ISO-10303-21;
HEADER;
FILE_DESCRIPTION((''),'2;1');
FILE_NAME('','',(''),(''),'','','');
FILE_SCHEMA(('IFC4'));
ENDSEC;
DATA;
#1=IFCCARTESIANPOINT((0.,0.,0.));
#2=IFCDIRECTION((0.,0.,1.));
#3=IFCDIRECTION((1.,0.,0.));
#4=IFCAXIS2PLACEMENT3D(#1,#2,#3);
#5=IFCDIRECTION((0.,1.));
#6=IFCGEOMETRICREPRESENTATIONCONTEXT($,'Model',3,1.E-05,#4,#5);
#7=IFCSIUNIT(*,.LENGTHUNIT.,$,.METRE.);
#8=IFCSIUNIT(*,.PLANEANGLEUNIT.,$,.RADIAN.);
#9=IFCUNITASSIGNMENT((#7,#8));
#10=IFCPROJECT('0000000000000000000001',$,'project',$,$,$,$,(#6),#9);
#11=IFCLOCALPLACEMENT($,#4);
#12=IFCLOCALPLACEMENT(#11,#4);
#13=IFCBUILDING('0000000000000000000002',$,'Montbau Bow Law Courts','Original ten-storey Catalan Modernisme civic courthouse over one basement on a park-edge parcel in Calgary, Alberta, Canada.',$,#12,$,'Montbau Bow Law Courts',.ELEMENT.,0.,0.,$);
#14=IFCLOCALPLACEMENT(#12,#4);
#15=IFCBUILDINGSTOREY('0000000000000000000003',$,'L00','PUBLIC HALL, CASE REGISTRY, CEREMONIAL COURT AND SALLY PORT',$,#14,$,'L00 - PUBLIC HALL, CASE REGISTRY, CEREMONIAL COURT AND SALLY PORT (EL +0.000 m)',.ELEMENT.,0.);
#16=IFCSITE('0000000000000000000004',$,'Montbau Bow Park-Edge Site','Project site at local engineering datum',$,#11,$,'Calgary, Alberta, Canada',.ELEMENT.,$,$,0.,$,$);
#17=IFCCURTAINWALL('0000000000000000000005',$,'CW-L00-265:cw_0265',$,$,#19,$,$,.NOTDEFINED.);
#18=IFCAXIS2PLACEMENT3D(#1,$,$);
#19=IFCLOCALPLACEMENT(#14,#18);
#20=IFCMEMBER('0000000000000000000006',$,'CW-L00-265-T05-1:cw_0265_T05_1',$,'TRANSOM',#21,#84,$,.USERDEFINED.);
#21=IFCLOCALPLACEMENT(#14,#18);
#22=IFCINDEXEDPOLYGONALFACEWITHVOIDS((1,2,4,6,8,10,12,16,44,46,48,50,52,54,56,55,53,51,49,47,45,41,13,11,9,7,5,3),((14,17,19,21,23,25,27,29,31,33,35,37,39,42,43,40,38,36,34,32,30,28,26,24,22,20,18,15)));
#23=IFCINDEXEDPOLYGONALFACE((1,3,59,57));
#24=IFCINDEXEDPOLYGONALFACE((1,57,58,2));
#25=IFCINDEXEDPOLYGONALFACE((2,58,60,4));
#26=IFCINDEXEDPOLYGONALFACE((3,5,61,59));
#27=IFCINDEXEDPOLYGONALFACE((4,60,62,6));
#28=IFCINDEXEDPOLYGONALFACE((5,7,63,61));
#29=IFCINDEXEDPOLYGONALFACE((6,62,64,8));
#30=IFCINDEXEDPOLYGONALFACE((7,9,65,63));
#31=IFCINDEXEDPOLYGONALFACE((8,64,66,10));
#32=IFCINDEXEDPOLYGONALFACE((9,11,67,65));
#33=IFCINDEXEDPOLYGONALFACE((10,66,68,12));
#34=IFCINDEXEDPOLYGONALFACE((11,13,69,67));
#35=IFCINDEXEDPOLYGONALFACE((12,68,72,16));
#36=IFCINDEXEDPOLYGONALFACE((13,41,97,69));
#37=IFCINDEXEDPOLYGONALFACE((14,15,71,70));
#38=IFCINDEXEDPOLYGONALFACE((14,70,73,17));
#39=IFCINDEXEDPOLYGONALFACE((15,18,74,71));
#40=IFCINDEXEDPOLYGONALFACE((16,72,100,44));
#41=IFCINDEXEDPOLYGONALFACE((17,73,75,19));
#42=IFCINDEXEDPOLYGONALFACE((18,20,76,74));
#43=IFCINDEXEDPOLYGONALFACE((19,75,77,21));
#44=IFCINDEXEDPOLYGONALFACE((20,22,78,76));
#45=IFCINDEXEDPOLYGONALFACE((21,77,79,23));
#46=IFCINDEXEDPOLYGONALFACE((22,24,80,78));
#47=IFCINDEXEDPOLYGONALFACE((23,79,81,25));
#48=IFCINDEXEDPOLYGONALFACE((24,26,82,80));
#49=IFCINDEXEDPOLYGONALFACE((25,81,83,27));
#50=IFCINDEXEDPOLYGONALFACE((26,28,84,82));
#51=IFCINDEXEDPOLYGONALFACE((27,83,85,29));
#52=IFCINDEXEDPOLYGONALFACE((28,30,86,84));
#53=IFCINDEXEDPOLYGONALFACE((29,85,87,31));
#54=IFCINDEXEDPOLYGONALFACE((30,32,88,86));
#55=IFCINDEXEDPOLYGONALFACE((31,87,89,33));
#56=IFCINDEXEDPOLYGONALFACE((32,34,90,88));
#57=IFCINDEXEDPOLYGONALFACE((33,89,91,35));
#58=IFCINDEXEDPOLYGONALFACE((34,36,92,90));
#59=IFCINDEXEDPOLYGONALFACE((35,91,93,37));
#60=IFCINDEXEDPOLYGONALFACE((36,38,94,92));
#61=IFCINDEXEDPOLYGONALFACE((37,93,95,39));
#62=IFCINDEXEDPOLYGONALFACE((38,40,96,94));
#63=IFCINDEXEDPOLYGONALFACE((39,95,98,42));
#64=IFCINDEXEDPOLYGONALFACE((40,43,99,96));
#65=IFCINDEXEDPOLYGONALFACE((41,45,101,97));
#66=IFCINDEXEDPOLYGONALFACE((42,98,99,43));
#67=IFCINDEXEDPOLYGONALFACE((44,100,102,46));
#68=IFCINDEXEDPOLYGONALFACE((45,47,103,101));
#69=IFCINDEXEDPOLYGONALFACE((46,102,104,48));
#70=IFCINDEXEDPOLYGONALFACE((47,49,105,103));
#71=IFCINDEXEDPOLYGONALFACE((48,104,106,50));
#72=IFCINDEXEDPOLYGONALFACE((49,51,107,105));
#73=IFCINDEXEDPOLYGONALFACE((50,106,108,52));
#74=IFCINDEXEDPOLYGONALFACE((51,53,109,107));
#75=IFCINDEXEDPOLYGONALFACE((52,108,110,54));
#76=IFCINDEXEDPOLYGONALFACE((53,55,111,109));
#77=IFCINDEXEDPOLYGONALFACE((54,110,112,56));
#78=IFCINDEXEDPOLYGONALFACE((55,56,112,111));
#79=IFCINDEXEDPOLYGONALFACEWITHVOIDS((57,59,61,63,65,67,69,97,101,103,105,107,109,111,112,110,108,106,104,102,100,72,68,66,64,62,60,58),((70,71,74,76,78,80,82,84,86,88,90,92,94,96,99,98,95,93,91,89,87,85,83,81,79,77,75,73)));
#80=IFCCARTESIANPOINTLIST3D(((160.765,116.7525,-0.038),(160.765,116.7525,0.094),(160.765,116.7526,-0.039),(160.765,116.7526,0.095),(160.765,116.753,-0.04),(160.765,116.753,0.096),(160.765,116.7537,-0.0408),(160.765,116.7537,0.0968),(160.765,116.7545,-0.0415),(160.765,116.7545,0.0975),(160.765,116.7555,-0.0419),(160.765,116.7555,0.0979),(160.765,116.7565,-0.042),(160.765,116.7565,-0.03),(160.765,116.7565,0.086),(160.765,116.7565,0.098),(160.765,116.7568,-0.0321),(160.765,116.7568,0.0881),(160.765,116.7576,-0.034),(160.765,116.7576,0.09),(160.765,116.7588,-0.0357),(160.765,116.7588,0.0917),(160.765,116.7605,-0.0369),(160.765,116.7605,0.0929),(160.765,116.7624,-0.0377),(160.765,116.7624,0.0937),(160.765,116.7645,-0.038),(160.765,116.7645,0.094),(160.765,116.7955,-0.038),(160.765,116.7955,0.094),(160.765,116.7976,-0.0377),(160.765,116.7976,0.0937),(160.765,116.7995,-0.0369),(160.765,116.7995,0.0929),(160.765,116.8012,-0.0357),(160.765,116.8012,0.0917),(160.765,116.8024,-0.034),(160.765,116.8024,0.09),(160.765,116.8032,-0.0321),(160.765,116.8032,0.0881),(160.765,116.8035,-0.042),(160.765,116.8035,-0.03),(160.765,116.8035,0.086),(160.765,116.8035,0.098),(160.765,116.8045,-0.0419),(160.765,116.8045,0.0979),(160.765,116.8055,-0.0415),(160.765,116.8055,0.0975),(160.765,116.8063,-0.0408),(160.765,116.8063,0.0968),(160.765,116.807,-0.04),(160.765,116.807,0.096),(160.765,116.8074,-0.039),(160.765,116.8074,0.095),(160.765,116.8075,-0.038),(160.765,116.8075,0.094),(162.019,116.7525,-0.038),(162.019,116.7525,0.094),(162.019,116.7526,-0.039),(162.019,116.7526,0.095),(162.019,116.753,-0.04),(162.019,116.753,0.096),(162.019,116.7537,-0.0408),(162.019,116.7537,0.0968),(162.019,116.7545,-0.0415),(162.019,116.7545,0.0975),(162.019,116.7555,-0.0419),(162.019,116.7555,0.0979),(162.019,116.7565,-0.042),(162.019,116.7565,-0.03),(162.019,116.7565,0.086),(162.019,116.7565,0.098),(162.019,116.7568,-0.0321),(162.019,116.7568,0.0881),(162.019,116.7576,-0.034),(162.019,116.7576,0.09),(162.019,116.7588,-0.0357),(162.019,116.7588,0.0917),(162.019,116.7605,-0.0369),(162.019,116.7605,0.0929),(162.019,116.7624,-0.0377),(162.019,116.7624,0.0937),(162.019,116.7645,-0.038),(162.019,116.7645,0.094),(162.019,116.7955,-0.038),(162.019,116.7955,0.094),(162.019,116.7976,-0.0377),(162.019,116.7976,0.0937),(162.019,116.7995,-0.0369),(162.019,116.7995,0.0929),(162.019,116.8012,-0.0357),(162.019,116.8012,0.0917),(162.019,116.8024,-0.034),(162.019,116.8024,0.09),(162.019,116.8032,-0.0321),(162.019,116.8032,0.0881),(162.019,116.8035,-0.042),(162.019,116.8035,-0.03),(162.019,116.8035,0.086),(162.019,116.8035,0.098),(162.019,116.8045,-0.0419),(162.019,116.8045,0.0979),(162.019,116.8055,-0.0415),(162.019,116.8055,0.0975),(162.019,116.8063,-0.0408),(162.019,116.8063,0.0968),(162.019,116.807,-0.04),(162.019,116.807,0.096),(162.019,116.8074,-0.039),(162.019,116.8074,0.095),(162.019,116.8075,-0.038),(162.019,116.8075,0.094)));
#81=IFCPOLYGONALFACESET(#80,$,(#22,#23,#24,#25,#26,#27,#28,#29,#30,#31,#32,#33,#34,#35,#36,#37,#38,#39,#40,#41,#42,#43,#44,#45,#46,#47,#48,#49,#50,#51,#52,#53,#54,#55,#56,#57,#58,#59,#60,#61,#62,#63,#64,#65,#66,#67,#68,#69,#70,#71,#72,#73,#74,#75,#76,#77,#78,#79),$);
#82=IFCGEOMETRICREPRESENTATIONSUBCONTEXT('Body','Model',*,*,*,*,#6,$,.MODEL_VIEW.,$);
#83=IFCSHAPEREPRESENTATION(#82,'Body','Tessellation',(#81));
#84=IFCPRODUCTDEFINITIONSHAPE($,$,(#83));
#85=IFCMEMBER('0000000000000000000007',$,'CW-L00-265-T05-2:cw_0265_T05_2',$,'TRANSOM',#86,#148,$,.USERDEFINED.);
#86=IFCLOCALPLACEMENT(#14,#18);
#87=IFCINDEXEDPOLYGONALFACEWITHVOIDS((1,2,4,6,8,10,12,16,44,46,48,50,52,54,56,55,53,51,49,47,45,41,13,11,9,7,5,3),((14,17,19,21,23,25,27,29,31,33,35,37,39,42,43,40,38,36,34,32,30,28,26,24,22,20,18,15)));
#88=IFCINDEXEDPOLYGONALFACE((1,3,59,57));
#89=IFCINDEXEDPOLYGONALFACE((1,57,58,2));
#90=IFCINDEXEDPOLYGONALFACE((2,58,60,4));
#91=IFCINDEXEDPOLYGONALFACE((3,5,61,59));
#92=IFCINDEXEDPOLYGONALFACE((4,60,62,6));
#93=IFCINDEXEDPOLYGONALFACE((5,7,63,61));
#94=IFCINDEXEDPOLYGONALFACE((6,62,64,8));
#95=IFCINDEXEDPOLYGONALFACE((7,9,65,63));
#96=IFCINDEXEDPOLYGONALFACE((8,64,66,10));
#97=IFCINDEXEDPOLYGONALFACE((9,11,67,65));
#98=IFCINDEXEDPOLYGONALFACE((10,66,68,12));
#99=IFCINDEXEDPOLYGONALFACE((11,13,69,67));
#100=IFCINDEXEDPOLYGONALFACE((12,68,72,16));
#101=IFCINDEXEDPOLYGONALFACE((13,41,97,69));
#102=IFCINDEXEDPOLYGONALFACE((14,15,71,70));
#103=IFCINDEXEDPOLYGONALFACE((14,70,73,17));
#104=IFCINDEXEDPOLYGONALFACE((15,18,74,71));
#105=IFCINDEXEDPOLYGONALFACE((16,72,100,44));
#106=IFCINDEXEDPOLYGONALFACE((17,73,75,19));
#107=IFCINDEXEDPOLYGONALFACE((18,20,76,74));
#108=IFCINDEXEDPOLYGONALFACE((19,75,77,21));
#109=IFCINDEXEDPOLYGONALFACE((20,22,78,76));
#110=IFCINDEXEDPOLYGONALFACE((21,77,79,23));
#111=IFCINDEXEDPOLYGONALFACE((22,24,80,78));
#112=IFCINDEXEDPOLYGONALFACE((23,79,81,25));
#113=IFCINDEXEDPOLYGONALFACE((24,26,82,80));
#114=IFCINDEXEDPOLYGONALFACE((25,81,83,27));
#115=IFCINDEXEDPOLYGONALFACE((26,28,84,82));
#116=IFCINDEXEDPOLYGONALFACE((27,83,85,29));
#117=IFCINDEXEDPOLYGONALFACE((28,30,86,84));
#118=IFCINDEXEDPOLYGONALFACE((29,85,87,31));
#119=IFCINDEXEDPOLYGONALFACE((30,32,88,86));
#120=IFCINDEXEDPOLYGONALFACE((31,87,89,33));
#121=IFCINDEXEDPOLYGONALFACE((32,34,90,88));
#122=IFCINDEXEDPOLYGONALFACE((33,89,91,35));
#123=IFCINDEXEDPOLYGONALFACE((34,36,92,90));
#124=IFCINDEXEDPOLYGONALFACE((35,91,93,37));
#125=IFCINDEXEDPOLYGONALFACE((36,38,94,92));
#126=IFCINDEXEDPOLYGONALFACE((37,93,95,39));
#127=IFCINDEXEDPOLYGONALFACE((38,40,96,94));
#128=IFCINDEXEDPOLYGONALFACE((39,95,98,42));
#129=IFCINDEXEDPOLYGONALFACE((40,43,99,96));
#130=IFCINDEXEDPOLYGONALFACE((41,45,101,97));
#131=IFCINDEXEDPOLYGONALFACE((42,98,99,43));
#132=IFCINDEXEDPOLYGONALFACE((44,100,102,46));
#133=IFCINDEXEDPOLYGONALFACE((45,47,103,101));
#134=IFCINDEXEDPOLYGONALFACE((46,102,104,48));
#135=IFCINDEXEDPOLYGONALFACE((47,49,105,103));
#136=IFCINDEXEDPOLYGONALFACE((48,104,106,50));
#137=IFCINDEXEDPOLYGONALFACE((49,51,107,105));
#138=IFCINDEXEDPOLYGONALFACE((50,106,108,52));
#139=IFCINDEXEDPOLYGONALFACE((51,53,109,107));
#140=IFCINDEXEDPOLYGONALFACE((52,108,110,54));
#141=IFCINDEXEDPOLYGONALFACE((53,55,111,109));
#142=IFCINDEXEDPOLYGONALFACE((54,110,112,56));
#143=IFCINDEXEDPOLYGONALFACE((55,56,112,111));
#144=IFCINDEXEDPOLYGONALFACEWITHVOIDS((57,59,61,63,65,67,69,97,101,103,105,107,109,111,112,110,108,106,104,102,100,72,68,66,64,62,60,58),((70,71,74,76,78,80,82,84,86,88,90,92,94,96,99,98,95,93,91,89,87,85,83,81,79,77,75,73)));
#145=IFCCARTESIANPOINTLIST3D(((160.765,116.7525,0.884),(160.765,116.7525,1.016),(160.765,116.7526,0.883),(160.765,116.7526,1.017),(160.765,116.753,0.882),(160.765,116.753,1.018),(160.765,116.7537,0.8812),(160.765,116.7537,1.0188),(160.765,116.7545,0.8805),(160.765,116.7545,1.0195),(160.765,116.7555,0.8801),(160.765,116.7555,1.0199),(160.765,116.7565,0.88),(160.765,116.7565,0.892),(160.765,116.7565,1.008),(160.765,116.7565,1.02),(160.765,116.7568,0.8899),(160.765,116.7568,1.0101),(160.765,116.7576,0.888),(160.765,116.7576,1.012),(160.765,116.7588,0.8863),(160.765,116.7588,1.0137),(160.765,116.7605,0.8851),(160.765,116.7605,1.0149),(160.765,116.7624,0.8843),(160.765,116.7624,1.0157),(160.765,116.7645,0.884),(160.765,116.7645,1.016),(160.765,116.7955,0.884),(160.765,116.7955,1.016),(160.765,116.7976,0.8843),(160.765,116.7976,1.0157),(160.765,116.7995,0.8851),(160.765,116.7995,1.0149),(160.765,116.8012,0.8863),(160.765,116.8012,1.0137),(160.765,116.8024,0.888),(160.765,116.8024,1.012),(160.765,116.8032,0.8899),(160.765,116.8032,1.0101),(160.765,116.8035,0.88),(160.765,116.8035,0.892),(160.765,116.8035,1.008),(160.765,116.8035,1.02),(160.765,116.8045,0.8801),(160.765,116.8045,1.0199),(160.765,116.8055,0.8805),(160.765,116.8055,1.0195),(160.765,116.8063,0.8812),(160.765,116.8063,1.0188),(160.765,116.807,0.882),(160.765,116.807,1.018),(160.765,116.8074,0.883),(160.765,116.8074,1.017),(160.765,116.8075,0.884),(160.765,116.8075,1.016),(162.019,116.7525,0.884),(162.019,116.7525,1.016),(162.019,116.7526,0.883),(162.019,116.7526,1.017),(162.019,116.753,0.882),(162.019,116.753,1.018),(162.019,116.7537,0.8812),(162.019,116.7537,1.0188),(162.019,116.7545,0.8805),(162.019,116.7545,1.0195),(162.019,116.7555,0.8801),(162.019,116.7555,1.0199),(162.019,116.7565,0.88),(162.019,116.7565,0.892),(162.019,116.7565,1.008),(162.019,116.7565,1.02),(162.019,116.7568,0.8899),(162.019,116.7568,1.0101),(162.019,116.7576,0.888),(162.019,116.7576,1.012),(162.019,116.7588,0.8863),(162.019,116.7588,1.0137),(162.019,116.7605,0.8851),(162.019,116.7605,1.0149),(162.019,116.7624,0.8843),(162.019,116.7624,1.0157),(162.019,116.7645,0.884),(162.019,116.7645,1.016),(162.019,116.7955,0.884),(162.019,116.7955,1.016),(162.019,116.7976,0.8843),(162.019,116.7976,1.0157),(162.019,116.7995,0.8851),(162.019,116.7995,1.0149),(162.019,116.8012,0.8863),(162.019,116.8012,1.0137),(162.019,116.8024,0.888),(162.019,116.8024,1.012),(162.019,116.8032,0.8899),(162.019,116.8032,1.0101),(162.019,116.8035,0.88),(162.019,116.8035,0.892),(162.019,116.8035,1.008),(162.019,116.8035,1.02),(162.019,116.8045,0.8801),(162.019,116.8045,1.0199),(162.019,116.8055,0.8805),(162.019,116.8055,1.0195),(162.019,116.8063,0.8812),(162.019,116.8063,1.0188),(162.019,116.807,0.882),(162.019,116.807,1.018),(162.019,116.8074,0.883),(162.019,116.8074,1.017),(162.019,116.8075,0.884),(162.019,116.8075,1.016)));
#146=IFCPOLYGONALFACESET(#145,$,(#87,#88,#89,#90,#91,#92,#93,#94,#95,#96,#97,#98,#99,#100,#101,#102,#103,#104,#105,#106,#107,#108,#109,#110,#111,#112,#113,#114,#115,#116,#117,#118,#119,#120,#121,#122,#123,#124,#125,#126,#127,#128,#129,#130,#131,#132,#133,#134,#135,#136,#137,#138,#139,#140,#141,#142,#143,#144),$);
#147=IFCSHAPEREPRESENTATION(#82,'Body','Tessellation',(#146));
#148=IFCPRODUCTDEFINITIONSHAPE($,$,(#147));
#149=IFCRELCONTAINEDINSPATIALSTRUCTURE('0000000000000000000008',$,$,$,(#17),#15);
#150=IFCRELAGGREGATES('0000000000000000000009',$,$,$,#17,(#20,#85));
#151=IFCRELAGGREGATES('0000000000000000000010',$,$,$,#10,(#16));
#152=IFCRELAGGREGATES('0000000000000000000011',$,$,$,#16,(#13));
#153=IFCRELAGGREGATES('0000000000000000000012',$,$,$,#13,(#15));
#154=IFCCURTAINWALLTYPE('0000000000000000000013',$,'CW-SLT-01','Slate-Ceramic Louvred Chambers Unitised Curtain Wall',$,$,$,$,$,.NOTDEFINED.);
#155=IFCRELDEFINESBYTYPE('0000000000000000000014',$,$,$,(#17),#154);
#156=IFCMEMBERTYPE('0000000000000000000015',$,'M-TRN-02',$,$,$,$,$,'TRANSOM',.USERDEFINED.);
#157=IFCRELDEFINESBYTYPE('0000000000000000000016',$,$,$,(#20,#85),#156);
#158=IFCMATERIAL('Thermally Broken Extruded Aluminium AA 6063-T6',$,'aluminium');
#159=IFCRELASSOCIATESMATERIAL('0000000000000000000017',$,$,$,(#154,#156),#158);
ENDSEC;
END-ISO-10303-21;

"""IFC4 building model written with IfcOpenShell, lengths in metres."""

from ifc_helpers import new_model, si_unit, direction, frame, origin_with_axes, origin_2d_with_axis, place, context, subcontext, project, spatial, hollow_rectangle, extrude, material, material_profile, profile_set, type_object, element, aggregate, save


model = new_model("IFC4")

# Units and contexts
model_context = context("Model", 3, precision=1e-05, world=origin_with_axes(), true_north=direction((0.0, 1.0)))
body_context = subcontext(model_context, "Body", "Model", "MODEL_VIEW")
ifc_project = project(units=[si_unit("LENGTHUNIT", "METRE"), si_unit("PLANEANGLEUNIT", "RADIAN")], contexts=[model_context])

# Site, building, storey
site_placement = place(None, origin_with_axes())
site = spatial("IfcSite", under=ifc_project, at=site_placement, Name="Montbau Bow Park-Edge Site", Description="Project site at local engineering datum", LongName="Calgary, Alberta, Canada", CompositionType="ELEMENT", RefElevation=0.0)
building_placement = place(site_placement, origin_with_axes())
building = spatial("IfcBuilding", under=site, at=building_placement, Name="Montbau Bow Law Courts", Description="Original ten-storey Catalan Modernisme civic courthouse over one basement on a park-edge parcel in Calgary, Alberta, Canada.", LongName="Montbau Bow Law Courts", CompositionType="ELEMENT", ElevationOfRefHeight=0.0, ElevationOfTerrain=0.0)
storey_placement = place(building_placement, origin_with_axes())
storey = spatial("IfcBuildingStorey", under=building, at=storey_placement, Name="L00", Description="PUBLIC HALL, CASE REGISTRY, CEREMONIAL COURT AND SALLY PORT", LongName="L00 - PUBLIC HALL, CASE REGISTRY, CEREMONIAL COURT AND SALLY PORT (EL +0.000 m)", CompositionType="ELEMENT", Elevation=0.0)

# Curtain wall
ifc_material_1 = material(Name="Thermally Broken Extruded Aluminium AA 6063-T6", Category="aluminium")
curtain_wall_type = type_object("IfcCurtainWallType", Name="CW-SLT-01", Description="Slate-Ceramic Louvred Chambers Unitised Curtain Wall", PredefinedType="NOTDEFINED", material=ifc_material_1)
curtain_wall_1_placement = place(None, frame((155.315, 116.78, 0.0), z_axis=(0.0, 0.0, 1.0), x_axis=(1.0, 0.0, 0.0)))
curtain_wall_1 = element("IfcCurtainWall", 1, at=curtain_wall_1_placement, inside=storey, type_object=curtain_wall_type, Name="CW-L00-265:cw_0265", PredefinedType="NOTDEFINED")

# Members
ifc_material_profile_1 = material_profile(ifc_material_1, hollow_rectangle(XDim=0.055, YDim=0.14, WallThickness=0.004, InnerFilletRadius=0.008, OuterFilletRadius=0.004, at=origin_2d_with_axis()), Name="CWT-140X55", Category="Main", Priority=0)
ifc_profile_set_1 = profile_set([ifc_material_profile_1], Name="Thermally Broken Extruded Aluminium AA 6063-T6")
member_type_1 = type_object("IfcMemberType", Name="M-TRN-02", ElementType="TRANSOM", PredefinedType="USERDEFINED", material=ifc_profile_set_1)
member_1_placement = place(None, frame((160.765, 116.78, 0.028), z_axis=(1.0, 0.0, 0.0), x_axis=(0.0, 1.0, 0.0)))
member_1 = element("IfcMember", 2, at=member_1_placement, type_object=member_type_1, Name="CW-L00-265-T05-1:cw_0265_T05_1", ObjectType="TRANSOM", PredefinedType="USERDEFINED", context=body_context, shape_type="SweptSolid", body=[
    extrude(hollow_rectangle(XDim=0.055, YDim=0.14, WallThickness=0.004, InnerFilletRadius=0.008, OuterFilletRadius=0.004, at=origin_2d_with_axis()), origin_with_axes(), (0.0, 0.0, 1.0), 1.254),
])
member_2_placement = place(None, frame((160.765, 116.78, 0.95), z_axis=(1.0, 0.0, 0.0), x_axis=(0.0, 1.0, 0.0)))
member_2 = element("IfcMember", 3, at=member_2_placement, type_object=member_type_1, Name="CW-L00-265-T05-2:cw_0265_T05_2", ObjectType="TRANSOM", PredefinedType="USERDEFINED", context=body_context, shape_type="SweptSolid", body=[
    extrude(hollow_rectangle(XDim=0.055, YDim=0.14, WallThickness=0.004, InnerFilletRadius=0.008, OuterFilletRadius=0.004, at=origin_2d_with_axis()), origin_with_axes(), (0.0, 0.0, 1.0), 1.254),
])

aggregate(curtain_wall_1, [member_1, member_2])

save(model, "model.ifc")
